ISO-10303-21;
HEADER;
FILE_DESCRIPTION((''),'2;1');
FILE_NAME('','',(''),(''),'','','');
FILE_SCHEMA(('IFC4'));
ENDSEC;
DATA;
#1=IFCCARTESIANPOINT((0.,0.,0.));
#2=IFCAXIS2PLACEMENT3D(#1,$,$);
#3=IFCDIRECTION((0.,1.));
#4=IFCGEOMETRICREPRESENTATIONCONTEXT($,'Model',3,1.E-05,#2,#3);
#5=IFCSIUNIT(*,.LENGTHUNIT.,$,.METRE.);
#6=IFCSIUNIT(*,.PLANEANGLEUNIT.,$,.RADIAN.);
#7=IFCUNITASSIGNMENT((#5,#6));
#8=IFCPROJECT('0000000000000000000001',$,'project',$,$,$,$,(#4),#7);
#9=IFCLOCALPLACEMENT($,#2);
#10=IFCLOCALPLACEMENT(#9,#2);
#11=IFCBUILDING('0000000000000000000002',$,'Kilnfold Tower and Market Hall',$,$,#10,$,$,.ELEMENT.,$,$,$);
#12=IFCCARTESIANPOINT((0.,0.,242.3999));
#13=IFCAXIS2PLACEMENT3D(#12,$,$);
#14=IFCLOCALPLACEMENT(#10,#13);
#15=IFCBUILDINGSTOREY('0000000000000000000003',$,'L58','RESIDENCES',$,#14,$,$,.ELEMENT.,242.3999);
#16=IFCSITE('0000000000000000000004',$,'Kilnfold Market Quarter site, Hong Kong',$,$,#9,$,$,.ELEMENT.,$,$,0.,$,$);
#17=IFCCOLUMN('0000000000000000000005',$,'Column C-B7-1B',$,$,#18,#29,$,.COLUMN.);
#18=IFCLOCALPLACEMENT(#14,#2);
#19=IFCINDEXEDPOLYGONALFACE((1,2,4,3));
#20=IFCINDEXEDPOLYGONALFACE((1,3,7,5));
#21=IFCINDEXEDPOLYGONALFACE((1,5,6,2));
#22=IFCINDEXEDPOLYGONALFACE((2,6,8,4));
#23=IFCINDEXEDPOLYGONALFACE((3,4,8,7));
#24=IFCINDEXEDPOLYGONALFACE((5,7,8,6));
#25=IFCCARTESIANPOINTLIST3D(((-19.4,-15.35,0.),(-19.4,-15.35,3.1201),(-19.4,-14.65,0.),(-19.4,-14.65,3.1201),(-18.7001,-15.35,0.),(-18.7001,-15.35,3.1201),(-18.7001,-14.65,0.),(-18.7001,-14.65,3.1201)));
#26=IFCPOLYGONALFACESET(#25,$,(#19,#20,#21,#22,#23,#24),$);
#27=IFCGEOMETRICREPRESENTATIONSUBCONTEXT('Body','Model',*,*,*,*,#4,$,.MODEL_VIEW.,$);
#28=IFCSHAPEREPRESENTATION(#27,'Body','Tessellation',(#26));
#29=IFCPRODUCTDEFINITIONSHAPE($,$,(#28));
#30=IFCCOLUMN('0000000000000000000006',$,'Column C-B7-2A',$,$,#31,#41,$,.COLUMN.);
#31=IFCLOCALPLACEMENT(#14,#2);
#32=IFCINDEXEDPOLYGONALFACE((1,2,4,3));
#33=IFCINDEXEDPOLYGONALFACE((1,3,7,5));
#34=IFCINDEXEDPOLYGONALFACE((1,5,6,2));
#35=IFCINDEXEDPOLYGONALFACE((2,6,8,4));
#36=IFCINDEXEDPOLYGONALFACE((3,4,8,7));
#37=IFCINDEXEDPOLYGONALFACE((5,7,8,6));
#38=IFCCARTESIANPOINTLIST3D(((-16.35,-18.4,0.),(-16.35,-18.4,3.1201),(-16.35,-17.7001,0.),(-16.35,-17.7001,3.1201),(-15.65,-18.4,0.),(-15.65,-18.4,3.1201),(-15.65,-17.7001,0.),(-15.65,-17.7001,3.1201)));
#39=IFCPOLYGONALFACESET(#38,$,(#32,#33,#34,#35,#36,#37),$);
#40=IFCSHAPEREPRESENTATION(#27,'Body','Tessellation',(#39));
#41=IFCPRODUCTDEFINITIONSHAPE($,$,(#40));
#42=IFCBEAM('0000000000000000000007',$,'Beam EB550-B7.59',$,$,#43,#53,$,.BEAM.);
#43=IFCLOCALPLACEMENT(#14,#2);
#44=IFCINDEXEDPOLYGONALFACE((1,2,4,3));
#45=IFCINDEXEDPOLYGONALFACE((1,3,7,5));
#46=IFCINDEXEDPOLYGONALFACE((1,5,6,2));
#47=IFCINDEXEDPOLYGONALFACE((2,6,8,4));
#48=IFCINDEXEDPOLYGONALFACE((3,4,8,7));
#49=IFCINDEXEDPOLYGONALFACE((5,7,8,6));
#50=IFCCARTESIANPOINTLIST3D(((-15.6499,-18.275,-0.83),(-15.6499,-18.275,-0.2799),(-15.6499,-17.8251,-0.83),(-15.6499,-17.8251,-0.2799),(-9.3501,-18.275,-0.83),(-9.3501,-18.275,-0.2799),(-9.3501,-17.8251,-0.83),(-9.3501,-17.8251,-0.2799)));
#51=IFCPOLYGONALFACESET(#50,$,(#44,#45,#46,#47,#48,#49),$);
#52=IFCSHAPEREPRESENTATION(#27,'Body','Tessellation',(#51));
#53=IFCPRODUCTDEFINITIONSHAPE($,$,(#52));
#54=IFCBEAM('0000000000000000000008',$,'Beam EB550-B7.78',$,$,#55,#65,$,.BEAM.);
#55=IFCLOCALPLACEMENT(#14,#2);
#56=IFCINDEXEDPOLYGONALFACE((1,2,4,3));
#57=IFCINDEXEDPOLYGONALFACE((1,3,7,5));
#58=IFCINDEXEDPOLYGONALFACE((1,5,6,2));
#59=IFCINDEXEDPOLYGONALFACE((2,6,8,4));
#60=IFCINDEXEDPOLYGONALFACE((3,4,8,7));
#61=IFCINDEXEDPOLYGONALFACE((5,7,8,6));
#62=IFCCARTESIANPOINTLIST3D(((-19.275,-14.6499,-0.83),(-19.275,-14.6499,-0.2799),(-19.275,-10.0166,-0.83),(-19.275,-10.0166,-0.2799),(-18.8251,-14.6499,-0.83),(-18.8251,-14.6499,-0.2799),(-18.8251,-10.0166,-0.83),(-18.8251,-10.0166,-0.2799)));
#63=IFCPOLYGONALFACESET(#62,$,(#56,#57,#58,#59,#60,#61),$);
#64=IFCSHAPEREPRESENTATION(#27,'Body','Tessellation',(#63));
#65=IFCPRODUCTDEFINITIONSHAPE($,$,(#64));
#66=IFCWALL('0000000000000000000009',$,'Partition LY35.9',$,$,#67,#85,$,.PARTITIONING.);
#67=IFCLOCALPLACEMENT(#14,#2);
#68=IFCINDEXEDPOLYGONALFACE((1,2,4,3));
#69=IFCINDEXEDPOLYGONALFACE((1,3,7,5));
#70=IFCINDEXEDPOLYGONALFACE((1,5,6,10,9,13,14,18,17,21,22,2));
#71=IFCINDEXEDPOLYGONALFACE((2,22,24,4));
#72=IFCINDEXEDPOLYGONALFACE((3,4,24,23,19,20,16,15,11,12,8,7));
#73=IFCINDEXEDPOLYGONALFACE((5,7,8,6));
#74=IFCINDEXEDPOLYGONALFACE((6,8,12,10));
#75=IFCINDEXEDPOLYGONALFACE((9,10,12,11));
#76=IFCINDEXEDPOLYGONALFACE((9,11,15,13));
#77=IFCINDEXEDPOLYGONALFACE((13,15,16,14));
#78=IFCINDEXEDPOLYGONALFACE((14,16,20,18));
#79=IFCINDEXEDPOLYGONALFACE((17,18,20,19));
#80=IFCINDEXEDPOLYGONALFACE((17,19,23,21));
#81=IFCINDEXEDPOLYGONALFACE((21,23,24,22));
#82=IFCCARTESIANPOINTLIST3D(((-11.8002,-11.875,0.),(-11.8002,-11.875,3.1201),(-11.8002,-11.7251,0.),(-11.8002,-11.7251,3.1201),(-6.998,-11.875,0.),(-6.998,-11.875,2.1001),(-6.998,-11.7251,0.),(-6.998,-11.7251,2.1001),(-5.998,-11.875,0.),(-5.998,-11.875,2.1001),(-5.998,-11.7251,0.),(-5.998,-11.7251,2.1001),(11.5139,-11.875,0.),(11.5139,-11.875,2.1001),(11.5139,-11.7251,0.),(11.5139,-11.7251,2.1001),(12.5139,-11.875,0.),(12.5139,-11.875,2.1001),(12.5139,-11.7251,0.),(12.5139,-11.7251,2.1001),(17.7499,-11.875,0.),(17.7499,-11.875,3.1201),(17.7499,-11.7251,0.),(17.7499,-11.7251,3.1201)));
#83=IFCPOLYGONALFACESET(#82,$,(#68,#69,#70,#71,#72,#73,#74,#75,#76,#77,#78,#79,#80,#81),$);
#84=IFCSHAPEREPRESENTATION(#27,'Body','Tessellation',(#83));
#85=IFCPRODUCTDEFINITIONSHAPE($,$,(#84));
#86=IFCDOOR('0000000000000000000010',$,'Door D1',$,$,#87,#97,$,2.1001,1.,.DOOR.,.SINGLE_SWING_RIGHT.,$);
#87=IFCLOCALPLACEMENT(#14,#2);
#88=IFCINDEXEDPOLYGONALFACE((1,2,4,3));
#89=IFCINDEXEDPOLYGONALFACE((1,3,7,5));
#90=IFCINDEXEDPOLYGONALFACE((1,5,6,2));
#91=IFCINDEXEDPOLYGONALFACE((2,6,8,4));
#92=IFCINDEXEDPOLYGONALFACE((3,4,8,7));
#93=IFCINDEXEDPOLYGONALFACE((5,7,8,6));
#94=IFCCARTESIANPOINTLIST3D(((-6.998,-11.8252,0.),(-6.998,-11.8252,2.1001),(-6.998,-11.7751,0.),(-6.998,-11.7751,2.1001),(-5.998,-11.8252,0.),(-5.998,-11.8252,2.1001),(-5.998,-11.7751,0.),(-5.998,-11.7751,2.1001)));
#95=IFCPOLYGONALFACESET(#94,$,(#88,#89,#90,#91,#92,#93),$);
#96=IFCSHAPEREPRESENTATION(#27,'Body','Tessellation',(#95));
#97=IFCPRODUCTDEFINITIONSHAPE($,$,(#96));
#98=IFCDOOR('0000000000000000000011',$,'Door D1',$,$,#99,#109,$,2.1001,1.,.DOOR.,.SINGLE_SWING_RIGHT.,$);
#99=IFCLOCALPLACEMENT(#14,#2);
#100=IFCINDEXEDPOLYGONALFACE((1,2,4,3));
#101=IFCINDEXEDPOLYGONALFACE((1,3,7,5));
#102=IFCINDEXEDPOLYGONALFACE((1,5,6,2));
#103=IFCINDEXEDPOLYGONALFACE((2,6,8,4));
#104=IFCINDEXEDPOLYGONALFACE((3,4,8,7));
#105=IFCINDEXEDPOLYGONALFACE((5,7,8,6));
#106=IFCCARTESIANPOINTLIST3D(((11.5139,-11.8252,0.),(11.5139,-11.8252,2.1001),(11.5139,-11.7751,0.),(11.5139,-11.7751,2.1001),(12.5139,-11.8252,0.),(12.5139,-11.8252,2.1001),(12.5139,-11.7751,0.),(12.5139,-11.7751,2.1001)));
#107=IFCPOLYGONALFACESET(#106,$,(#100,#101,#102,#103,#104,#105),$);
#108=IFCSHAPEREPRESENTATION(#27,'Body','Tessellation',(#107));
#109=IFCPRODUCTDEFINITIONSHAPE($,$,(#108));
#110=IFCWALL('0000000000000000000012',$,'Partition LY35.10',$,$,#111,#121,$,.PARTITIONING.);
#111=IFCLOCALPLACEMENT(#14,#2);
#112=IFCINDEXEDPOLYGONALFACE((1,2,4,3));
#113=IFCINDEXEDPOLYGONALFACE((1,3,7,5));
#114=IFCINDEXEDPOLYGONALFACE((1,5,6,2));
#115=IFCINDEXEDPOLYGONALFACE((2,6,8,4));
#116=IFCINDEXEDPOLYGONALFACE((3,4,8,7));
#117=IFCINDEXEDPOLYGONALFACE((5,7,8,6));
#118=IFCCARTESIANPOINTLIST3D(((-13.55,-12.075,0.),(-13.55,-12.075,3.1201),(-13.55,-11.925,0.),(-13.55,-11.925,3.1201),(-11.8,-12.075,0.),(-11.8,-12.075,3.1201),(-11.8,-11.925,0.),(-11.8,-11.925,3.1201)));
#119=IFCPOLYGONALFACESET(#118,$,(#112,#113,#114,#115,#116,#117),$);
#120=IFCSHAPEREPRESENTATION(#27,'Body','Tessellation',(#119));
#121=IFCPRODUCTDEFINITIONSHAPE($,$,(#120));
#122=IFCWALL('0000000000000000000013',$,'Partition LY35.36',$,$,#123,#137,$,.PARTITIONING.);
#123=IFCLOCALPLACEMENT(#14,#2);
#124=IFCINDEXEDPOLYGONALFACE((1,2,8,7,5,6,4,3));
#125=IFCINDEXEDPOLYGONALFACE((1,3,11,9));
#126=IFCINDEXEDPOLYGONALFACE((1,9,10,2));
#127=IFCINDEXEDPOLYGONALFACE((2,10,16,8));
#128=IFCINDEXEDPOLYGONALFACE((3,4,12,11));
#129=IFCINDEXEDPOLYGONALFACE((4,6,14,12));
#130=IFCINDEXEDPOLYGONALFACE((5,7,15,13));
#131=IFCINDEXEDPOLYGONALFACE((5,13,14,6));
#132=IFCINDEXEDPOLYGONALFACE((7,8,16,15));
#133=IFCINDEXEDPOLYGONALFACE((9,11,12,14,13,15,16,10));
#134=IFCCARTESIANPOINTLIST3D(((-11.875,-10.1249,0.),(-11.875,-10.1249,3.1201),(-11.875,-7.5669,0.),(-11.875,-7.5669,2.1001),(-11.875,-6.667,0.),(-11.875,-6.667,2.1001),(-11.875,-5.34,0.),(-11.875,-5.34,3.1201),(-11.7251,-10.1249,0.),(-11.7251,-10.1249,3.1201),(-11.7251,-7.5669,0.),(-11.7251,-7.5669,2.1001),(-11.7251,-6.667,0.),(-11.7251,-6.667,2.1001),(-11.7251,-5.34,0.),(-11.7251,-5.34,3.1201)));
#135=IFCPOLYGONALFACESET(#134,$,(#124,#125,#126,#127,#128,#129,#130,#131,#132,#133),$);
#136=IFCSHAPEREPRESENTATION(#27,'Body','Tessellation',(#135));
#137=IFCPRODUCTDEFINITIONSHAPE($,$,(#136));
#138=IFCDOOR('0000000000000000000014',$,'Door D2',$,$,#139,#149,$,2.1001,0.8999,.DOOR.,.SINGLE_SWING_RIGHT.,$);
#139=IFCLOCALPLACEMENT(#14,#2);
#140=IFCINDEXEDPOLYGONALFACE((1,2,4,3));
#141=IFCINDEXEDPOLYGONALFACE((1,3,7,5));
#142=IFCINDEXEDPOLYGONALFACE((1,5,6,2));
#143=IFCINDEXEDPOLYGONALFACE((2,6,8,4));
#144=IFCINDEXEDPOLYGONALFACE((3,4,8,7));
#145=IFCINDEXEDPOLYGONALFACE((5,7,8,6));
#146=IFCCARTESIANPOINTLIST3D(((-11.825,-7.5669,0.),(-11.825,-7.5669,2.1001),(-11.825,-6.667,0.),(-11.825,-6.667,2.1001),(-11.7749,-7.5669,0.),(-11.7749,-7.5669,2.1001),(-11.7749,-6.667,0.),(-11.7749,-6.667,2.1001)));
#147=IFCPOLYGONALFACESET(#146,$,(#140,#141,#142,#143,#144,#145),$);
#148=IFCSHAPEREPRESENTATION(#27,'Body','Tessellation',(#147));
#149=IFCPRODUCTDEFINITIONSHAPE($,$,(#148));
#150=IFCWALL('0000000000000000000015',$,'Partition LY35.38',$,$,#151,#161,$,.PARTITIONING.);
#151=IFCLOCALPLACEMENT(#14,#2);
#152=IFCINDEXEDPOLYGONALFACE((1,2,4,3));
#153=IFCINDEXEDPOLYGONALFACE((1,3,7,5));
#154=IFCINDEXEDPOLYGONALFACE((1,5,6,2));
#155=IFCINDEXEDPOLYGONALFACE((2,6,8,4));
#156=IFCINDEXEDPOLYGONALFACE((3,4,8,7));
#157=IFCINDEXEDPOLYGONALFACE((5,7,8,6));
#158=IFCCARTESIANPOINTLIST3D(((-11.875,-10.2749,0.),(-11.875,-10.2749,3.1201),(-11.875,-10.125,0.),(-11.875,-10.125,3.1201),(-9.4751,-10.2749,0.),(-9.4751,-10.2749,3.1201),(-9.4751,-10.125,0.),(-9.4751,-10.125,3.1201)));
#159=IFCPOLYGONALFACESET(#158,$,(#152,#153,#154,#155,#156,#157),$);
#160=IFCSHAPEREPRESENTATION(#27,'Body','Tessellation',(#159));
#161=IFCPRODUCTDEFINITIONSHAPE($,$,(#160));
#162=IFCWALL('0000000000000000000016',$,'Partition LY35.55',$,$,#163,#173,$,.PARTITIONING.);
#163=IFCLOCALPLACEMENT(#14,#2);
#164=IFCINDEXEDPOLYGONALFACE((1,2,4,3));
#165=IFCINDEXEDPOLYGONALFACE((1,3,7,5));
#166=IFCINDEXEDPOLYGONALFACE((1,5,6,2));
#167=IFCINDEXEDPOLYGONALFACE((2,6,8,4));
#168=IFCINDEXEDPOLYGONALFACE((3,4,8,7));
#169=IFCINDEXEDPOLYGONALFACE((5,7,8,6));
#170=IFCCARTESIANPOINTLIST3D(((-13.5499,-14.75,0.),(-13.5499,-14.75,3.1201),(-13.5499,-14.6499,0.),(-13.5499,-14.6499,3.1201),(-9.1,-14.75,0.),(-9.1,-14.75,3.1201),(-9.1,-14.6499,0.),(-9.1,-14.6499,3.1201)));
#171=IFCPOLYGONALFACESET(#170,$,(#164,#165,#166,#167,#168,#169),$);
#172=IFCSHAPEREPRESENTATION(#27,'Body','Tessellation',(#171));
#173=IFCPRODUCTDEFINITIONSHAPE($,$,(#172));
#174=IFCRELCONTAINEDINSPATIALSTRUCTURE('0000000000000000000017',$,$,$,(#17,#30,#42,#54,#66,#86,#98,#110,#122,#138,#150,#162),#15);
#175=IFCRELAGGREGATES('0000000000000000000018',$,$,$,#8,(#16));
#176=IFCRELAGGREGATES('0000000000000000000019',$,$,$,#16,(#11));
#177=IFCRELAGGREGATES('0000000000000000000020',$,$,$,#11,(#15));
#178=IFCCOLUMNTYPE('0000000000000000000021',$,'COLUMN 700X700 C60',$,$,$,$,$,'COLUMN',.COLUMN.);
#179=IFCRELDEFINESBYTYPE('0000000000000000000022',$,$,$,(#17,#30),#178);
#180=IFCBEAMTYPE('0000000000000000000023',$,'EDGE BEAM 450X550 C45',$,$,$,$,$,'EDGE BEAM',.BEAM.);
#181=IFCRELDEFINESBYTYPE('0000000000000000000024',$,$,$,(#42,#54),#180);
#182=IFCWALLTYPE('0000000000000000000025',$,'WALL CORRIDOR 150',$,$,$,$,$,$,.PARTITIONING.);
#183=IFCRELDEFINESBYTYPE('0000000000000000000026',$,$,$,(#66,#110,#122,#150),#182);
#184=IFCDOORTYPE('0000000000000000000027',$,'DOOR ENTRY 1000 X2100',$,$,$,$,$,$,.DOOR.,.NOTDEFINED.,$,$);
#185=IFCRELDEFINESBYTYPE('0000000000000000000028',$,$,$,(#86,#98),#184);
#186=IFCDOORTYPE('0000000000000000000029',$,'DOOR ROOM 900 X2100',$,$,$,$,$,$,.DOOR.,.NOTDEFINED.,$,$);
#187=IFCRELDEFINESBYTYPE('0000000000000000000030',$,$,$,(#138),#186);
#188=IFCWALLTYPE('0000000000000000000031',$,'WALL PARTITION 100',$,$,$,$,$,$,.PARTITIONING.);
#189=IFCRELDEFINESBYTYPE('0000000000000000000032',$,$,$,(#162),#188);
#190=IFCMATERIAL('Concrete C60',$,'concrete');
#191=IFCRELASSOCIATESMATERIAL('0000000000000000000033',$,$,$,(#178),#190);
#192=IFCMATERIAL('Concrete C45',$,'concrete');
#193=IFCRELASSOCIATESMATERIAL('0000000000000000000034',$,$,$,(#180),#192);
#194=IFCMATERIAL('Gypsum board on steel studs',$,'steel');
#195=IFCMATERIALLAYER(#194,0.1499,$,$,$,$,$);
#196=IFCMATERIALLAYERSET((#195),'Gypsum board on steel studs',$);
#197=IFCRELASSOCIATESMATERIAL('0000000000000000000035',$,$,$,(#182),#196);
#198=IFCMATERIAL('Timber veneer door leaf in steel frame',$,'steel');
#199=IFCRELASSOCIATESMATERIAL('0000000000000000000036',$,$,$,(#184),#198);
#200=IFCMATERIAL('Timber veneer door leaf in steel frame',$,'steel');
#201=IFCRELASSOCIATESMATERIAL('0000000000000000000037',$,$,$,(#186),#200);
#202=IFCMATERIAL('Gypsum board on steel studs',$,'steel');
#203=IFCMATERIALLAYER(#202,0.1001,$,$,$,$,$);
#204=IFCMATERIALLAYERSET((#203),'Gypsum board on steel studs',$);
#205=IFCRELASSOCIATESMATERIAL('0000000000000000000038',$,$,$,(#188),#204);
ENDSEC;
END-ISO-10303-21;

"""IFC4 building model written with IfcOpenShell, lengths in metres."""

from ifc_helpers import new_model, si_unit, direction, frame, frame_2d, origin, origin_2d, place, context, subcontext, project, spatial, rectangle, extrude, source, transform, mapped, material, layer, layer_set, material_profile, profile_set, type_object, element, fill, save


model = new_model("IFC4")

# Units and contexts
model_context = context("Model", 3, precision=1e-05, world=origin(), true_north=direction((0.0, 1.0)))
body_context = subcontext(model_context, "Body", "Model", "MODEL_VIEW")
ifc_project = project(units=[si_unit("LENGTHUNIT", "METRE"), si_unit("PLANEANGLEUNIT", "RADIAN")], contexts=[model_context])

# Site, building, storey
site_placement = place(None, origin())
site = spatial("IfcSite", under=ifc_project, at=site_placement, Name="Kilnfold Market Quarter site, Hong Kong", CompositionType="ELEMENT", RefElevation=0.0)
building_placement = place(site_placement, origin())
building = spatial("IfcBuilding", under=site, at=building_placement, Name="Kilnfold Tower and Market Hall", CompositionType="ELEMENT")
storey_placement = place(building_placement, frame((0.0, 0.0, 242.3999)))
storey = spatial("IfcBuildingStorey", under=building, at=storey_placement, Name="L58", Description="RESIDENCES", CompositionType="ELEMENT", Elevation=242.3999)

# Columns
ifc_material_1 = material(Name="Concrete C60", Category="concrete")
ifc_material_profile_1 = material_profile(ifc_material_1, rectangle(XDim=0.7, YDim=0.7, at=origin_2d()), Name="RC 700x700")
ifc_profile_set_1 = profile_set([ifc_material_profile_1], Name="Concrete C60")
column_type = type_object("IfcColumnType", Name="COLUMN 700X700 C60", ElementType="COLUMN", PredefinedType="COLUMN", material=ifc_profile_set_1)
shared_shape_1 = source(origin(), body_context, "Body", "SweptSolid", [
    extrude(rectangle(XDim=0.7, YDim=0.7, at=origin_2d()), origin(), (0.0, 0.0, 1.0), 3.1201),
])
for number, where, z_axis, x_axis, name in (
    (1, (-19.05, -15.0, 0.0), (0.0, 0.0, 1.0), (1.0, 0.0, 0.0), "Column C-B7-1B"),
    (2, (-16.0, -18.05, 0.0), (0.0, 0.0, 1.0), (1.0, 0.0, 0.0), "Column C-B7-2A"),
):
    element("IfcColumn", number, at=place(storey_placement, frame(where, z_axis=z_axis, x_axis=x_axis)), inside=storey, type_object=column_type, Name=name, PredefinedType="COLUMN", context=body_context, shape_type="MappedRepresentation", body=[
        mapped(shared_shape_1, transform((0.0, 0.0, 0.0))),
    ])

# Beams
ifc_material_2 = material(Name="Concrete C45", Category="concrete")
ifc_material_profile_2 = material_profile(ifc_material_2, rectangle(XDim=0.45, YDim=0.55, at=origin_2d()), Name="RC 450x550")
ifc_profile_set_2 = profile_set([ifc_material_profile_2], Name="Concrete C45")
beam_type = type_object("IfcBeamType", Name="EDGE BEAM 450X550 C45", ElementType="EDGE BEAM", PredefinedType="BEAM", material=ifc_profile_set_2)
shared_shape_2 = source(origin(), body_context, "Body", "SweptSolid", [
    extrude(rectangle(XDim=0.45, YDim=0.55, at=origin_2d()), origin(), (0.0, 0.0, 1.0), 6.2998),
])
beam_1_placement = place(storey_placement, frame((-15.6499, -18.05, -0.5549), z_axis=(1.0, 0.0, 0.0), x_axis=(0.0, 1.0, 0.0)))
element("IfcBeam", 3, at=beam_1_placement, inside=storey, type_object=beam_type, Name="Beam EB550-B7.59", PredefinedType="BEAM", context=body_context, shape_type="MappedRepresentation", body=[
    mapped(shared_shape_2, transform((0.0, 0.0, 0.0))),
])
shared_shape_3 = source(origin(), body_context, "Body", "SweptSolid", [
    extrude(rectangle(XDim=0.45, YDim=0.55, at=origin_2d()), origin(), (0.0, 0.0, 1.0), 4.6333),
])
beam_2_placement = place(storey_placement, frame((-19.05, -14.6499, -0.5549), z_axis=(0.0, 1.0, 0.0), x_axis=(-1.0, 0.0, 0.0)))
element("IfcBeam", 4, at=beam_2_placement, inside=storey, type_object=beam_type, Name="Beam EB550-B7.78", PredefinedType="BEAM", context=body_context, shape_type="MappedRepresentation", body=[
    mapped(shared_shape_3, transform((0.0, 0.0, 0.0))),
])

# Wall, openings, doors
ifc_material_3 = material(Name="Gypsum board on steel studs", Category="steel")
ifc_layer_1 = layer(ifc_material_3, 0.1499)
ifc_layer_set_1 = layer_set([ifc_layer_1], Name="Gypsum board on steel studs")
wall_type_1 = type_object("IfcWallType", Name="WALL CORRIDOR 150", PredefinedType="PARTITIONING", material=ifc_layer_set_1)
wall_1_placement = place(storey_placement, frame((-11.8, -11.8, 0.0), z_axis=(0.0, 0.0, 1.0), x_axis=(1.0, 0.0, 0.0)))
wall_1 = element("IfcWall", 5, at=wall_1_placement, inside=storey, type_object=wall_type_1, Name="Partition LY35.9", PredefinedType="PARTITIONING", context=body_context, shape_type="SweptSolid", body=[
    extrude(rectangle(XDim=29.55, YDim=0.1499, at=frame_2d((14.7749, 0.0))), origin(), (0.0, 0.0, 1.0), 3.1201),
])
opening_1_placement = place(wall_1_placement, frame((4.802, 0.0, 0.0)))
opening_1 = element("IfcOpeningElement", 6, at=opening_1_placement, cuts=wall_1, PredefinedType="OPENING", context=body_context, shape_type="SweptSolid", body=[
    extrude(rectangle(XDim=1.0, YDim=2.1001, at=frame_2d((0.5, 1.05))), frame((0.0, 0.085, 0.0), z_axis=(0.0, -1.0, 0.0), x_axis=(1.0, 0.0, 0.0)), (0.0, 0.0, 1.0), 0.1699),
])
opening_2_placement = place(wall_1_placement, frame((23.314, 0.0, 0.0)))
opening_2 = element("IfcOpeningElement", 7, at=opening_2_placement, cuts=wall_1, PredefinedType="OPENING", context=body_context, shape_type="SweptSolid", body=[
    extrude(rectangle(XDim=1.0, YDim=2.1001, at=frame_2d((0.5, 1.05))), frame((0.0, 0.085, 0.0), z_axis=(0.0, -1.0, 0.0), x_axis=(1.0, 0.0, 0.0)), (0.0, 0.0, 1.0), 0.1699),
])
ifc_material_4 = material(Name="Timber veneer door leaf in steel frame", Category="steel")
door_type_1 = type_object("IfcDoorType", Name="DOOR ENTRY 1000 X2100", OperationType="NOTDEFINED", PredefinedType="DOOR", material=ifc_material_4)
door_1_placement = place(opening_1_placement, origin())
door_1 = element("IfcDoor", 8, at=door_1_placement, inside=storey, type_object=door_type_1, Name="Door D1", OperationType="SINGLE_SWING_RIGHT", OverallHeight=2.1001, OverallWidth=1.0, PredefinedType="DOOR", context=body_context, shape_type="SweptSolid", body=[
    extrude(rectangle(XDim=1.0, YDim=2.1001, at=frame_2d((0.5, 1.05))), frame((0.0, 0.0249, 0.0), z_axis=(0.0, -1.0, 0.0), x_axis=(1.0, 0.0, 0.0)), (0.0, 0.0, 1.0), 0.05),
])
fill(opening_1, door_1)
door_2_placement = place(opening_2_placement, origin())
door_2 = element("IfcDoor", 9, at=door_2_placement, inside=storey, type_object=door_type_1, Name="Door D1", OperationType="SINGLE_SWING_RIGHT", OverallHeight=2.1001, OverallWidth=1.0, PredefinedType="DOOR", context=body_context, shape_type="SweptSolid", body=[
    extrude(rectangle(XDim=1.0, YDim=2.1001, at=frame_2d((0.5, 1.05))), frame((0.0, 0.0249, 0.0), z_axis=(0.0, -1.0, 0.0), x_axis=(1.0, 0.0, 0.0)), (0.0, 0.0, 1.0), 0.05),
])
fill(opening_2, door_2)

# Wall
wall_2_placement = place(storey_placement, frame((-13.55, -12.0, 0.0), z_axis=(0.0, 0.0, 1.0), x_axis=(1.0, 0.0, 0.0)))
element("IfcWall", 10, at=wall_2_placement, inside=storey, type_object=wall_type_1, Name="Partition LY35.10", PredefinedType="PARTITIONING", context=body_context, shape_type="SweptSolid", body=[
    extrude(rectangle(XDim=1.75, YDim=0.1499, at=frame_2d((0.875, 0.0))), origin(), (0.0, 0.0, 1.0), 3.1201),
])

# Wall, opening, door
wall_3_placement = place(storey_placement, frame((-11.8, -10.125, 0.0), z_axis=(0.0, 0.0, 1.0), x_axis=(0.0, 1.0, 0.0)))
wall_3 = element("IfcWall", 11, at=wall_3_placement, inside=storey, type_object=wall_type_1, Name="Partition LY35.36", PredefinedType="PARTITIONING", context=body_context, shape_type="SweptSolid", body=[
    extrude(rectangle(XDim=4.7849, YDim=0.1499, at=frame_2d((2.3926, 0.0))), origin(), (0.0, 0.0, 1.0), 3.1201),
])
opening_3_placement = place(wall_3_placement, frame((2.5581, 0.0, 0.0)))
opening_3 = element("IfcOpeningElement", 12, at=opening_3_placement, cuts=wall_3, PredefinedType="OPENING", context=body_context, shape_type="SweptSolid", body=[
    extrude(rectangle(XDim=0.8999, YDim=2.1001, at=frame_2d((0.45, 1.05))), frame((0.0, 0.085, 0.0), z_axis=(0.0, -1.0, 0.0), x_axis=(1.0, 0.0, 0.0)), (0.0, 0.0, 1.0), 0.1699),
])
ifc_material_5 = material(Name="Timber veneer door leaf in steel frame", Category="steel")
door_type_2 = type_object("IfcDoorType", Name="DOOR ROOM 900 X2100", OperationType="NOTDEFINED", PredefinedType="DOOR", material=ifc_material_5)
door_3_placement = place(opening_3_placement, origin())
door_3 = element("IfcDoor", 13, at=door_3_placement, inside=storey, type_object=door_type_2, Name="Door D2", OperationType="SINGLE_SWING_RIGHT", OverallHeight=2.1001, OverallWidth=0.8999, PredefinedType="DOOR", context=body_context, shape_type="SweptSolid", body=[
    extrude(rectangle(XDim=0.8999, YDim=2.1001, at=frame_2d((0.45, 1.05))), frame((0.0, 0.0249, 0.0), z_axis=(0.0, -1.0, 0.0), x_axis=(1.0, 0.0, 0.0)), (0.0, 0.0, 1.0), 0.05),
])
fill(opening_3, door_3)

# Walls
wall_4_placement = place(storey_placement, frame((-11.875, -10.2, 0.0), z_axis=(0.0, 0.0, 1.0), x_axis=(1.0, 0.0, 0.0)))
element("IfcWall", 14, at=wall_4_placement, inside=storey, type_object=wall_type_1, Name="Partition LY35.38", PredefinedType="PARTITIONING", context=body_context, shape_type="SweptSolid", body=[
    extrude(rectangle(XDim=2.3999, YDim=0.1499, at=frame_2d((1.2, 0.0))), origin(), (0.0, 0.0, 1.0), 3.1201),
])
ifc_material_6 = material(Name="Gypsum board on steel studs", Category="steel")
ifc_layer_2 = layer(ifc_material_6, 0.1001)
ifc_layer_set_2 = layer_set([ifc_layer_2], Name="Gypsum board on steel studs")
wall_type_2 = type_object("IfcWallType", Name="WALL PARTITION 100", PredefinedType="PARTITIONING", material=ifc_layer_set_2)
wall_5_placement = place(storey_placement, frame((-13.55, -14.7, 0.0), z_axis=(0.0, 0.0, 1.0), x_axis=(1.0, 0.0, 0.0)))
element("IfcWall", 15, at=wall_5_placement, inside=storey, type_object=wall_type_2, Name="Partition LY35.55", PredefinedType="PARTITIONING", context=body_context, shape_type="SweptSolid", body=[
    extrude(rectangle(XDim=4.45, YDim=0.1001, at=frame_2d((2.2251, 0.0))), origin(), (0.0, 0.0, 1.0), 3.1201),
])

save(model, "model.ifc")
